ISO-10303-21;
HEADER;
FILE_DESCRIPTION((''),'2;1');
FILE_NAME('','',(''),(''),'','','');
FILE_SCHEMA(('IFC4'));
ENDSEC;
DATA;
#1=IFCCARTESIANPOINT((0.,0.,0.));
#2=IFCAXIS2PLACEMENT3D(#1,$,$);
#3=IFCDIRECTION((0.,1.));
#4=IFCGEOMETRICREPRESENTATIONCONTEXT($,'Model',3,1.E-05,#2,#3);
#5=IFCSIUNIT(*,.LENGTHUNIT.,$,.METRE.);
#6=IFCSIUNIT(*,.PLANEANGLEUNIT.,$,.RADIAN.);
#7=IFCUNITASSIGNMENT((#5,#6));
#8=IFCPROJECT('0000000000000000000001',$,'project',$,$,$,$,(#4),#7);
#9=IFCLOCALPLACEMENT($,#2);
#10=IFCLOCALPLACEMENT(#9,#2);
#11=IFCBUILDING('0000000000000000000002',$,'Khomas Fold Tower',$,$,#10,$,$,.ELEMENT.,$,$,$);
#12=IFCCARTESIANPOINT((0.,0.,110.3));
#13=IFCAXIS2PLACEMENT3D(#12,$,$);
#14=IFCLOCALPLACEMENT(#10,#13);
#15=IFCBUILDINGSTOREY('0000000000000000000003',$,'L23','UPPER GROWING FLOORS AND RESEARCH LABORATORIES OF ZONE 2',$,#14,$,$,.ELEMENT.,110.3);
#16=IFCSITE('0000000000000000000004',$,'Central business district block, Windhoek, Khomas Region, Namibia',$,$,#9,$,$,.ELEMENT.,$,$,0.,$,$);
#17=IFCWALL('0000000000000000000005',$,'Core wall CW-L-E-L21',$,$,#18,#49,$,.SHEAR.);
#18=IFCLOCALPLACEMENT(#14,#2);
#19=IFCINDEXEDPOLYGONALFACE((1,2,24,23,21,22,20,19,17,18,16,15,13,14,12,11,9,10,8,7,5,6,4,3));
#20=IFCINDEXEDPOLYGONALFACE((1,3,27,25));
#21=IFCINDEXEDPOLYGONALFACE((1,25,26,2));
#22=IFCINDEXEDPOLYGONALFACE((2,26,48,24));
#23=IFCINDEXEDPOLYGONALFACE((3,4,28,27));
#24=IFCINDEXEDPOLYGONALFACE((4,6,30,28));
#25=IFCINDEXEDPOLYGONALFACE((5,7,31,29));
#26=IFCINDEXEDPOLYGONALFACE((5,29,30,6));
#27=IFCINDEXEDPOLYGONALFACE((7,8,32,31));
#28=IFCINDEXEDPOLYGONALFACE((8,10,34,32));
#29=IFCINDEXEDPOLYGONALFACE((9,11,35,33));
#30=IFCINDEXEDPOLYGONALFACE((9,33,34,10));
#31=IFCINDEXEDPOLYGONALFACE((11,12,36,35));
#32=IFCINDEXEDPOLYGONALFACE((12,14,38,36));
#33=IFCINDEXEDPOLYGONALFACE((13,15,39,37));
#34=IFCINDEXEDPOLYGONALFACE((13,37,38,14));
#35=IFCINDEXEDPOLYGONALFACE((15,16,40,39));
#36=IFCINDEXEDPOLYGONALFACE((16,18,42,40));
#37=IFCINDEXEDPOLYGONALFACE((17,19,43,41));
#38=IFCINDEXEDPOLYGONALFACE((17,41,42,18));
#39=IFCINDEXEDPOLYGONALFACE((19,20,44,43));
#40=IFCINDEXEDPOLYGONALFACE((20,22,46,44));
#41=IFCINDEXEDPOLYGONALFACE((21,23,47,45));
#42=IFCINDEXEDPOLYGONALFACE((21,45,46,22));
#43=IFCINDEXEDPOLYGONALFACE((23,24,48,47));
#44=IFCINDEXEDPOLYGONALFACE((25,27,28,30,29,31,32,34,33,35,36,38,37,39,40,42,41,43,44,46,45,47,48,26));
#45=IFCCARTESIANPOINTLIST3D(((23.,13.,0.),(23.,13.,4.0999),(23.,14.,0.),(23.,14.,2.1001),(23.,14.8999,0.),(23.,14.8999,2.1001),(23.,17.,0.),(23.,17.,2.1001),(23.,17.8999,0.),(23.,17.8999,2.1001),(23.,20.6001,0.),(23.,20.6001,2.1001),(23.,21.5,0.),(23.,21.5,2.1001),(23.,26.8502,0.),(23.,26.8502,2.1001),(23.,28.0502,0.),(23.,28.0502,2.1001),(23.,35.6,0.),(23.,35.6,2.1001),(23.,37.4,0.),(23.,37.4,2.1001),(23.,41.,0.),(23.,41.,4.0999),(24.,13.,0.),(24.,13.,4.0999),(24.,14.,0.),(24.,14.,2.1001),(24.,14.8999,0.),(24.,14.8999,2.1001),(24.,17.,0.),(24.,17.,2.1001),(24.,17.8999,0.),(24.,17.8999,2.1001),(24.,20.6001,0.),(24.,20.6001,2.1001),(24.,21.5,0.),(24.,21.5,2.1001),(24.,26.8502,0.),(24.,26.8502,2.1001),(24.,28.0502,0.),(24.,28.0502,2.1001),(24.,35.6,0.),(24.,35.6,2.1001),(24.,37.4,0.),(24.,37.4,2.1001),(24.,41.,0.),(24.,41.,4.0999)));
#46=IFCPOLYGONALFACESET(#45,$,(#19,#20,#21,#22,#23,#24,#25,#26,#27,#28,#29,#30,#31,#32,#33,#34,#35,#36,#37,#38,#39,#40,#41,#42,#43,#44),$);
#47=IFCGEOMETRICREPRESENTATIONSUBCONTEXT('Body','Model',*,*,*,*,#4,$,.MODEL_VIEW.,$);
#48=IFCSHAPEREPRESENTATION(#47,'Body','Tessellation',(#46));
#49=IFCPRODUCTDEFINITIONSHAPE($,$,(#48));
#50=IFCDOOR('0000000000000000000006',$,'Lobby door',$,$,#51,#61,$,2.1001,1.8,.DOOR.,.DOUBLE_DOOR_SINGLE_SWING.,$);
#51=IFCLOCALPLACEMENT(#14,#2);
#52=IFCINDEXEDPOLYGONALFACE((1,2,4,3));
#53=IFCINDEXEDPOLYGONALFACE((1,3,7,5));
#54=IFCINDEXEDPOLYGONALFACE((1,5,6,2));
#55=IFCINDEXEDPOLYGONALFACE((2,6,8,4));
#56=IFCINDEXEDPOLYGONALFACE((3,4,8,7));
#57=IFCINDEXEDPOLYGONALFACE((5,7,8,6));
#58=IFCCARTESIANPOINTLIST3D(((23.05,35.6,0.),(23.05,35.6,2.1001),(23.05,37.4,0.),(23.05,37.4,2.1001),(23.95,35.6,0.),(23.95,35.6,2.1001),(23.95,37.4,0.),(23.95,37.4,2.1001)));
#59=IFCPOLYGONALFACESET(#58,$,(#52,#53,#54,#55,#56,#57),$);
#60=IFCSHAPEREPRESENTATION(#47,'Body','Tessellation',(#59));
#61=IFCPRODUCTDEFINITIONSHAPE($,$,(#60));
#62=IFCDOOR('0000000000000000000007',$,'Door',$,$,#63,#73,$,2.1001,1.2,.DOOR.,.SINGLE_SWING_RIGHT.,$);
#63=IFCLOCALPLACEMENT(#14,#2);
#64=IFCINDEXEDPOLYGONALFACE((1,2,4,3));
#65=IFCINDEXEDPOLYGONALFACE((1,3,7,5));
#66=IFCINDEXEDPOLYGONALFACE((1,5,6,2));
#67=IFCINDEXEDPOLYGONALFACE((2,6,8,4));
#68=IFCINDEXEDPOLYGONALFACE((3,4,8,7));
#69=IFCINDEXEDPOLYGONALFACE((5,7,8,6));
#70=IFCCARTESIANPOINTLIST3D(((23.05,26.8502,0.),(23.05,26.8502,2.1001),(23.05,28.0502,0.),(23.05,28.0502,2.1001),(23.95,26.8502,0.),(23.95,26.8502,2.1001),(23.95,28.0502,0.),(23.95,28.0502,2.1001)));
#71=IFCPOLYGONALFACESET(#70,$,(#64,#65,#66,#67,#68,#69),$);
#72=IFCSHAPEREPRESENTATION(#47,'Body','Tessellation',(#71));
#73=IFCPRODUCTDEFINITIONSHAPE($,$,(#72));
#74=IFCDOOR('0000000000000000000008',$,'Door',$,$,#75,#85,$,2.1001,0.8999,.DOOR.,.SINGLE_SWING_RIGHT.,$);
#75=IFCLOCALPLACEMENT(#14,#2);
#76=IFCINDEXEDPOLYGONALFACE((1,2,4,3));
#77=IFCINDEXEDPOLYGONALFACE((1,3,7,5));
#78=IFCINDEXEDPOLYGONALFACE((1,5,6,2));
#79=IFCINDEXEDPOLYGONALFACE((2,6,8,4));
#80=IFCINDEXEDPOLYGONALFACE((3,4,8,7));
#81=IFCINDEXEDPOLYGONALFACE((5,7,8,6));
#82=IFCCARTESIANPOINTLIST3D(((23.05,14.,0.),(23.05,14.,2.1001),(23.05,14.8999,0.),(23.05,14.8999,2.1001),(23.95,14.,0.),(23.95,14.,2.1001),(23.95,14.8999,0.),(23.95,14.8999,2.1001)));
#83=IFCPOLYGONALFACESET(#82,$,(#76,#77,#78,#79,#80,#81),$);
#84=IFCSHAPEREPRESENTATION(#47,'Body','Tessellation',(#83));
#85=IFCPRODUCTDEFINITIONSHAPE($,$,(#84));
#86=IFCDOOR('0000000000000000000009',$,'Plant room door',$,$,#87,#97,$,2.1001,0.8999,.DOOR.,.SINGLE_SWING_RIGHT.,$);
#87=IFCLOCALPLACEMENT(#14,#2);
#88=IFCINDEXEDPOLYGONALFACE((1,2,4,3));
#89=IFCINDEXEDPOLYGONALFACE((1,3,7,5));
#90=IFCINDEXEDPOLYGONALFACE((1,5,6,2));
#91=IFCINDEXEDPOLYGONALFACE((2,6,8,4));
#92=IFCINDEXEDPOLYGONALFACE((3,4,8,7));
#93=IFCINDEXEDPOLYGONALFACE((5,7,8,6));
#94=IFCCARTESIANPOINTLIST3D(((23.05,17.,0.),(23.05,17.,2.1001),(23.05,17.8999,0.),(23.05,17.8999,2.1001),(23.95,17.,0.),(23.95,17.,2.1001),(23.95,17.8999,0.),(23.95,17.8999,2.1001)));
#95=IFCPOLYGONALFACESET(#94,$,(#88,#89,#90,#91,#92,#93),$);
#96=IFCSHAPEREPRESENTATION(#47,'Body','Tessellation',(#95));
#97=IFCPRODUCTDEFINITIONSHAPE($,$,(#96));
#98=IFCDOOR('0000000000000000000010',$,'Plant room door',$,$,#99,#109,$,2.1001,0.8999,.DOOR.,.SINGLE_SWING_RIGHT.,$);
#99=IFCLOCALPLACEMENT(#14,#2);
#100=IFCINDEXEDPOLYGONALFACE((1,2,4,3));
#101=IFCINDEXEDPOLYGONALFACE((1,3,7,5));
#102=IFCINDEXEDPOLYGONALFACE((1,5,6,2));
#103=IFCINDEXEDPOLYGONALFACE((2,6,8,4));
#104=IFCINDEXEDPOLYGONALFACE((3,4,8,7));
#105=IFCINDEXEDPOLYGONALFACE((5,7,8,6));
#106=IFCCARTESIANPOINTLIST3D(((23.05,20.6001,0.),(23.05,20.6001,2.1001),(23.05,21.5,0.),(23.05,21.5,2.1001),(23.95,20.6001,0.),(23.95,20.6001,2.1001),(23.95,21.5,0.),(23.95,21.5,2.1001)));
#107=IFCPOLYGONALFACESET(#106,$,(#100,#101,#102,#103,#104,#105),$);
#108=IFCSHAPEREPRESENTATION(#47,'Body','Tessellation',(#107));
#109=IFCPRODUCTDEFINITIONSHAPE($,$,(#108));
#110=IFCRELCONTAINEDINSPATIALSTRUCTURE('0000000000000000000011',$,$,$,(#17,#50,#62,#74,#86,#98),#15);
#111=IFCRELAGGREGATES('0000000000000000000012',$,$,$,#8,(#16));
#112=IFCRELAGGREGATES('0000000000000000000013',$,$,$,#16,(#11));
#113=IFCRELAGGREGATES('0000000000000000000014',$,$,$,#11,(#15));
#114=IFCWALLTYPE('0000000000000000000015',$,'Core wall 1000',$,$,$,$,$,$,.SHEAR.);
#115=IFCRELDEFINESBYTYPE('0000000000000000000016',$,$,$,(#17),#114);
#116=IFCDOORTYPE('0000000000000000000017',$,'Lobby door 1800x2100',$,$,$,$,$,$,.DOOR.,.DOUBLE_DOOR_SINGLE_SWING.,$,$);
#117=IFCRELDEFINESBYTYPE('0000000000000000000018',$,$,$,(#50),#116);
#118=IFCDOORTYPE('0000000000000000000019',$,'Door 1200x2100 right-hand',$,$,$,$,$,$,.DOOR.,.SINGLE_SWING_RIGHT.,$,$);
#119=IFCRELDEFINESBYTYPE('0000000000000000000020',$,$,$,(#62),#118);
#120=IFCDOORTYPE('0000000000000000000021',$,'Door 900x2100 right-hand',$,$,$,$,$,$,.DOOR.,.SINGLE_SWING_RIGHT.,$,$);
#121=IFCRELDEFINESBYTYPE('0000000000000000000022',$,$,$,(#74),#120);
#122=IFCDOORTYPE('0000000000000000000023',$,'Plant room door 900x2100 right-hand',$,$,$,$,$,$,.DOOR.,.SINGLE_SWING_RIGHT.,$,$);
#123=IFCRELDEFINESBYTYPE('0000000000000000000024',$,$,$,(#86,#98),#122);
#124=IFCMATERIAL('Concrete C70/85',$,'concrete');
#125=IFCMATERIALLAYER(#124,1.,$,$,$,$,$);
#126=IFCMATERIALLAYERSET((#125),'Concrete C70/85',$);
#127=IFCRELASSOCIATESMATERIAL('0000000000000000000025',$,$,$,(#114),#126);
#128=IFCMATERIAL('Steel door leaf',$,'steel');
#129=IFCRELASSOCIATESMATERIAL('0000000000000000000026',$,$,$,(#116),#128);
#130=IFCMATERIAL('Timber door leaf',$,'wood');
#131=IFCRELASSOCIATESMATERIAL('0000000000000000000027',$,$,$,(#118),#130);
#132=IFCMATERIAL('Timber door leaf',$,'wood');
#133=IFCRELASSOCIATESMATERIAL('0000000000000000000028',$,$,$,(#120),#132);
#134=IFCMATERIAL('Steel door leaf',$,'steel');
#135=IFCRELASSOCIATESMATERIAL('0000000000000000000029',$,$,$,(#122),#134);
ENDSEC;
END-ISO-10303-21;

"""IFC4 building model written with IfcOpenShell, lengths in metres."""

from ifc_helpers import new_model, si_unit, direction, frame, frame_2d, origin, place, context, subcontext, project, spatial, rectangle, extrude, source, transform, mapped, material, layer, layer_set, type_object, element, fill, save


model = new_model("IFC4")

# Units and contexts
model_context = context("Model", 3, precision=1e-05, world=origin(), true_north=direction((0.0, 1.0)))
body_context = subcontext(model_context, "Body", "Model", "MODEL_VIEW")
ifc_project = project(units=[si_unit("LENGTHUNIT", "METRE"), si_unit("PLANEANGLEUNIT", "RADIAN")], contexts=[model_context])

# Site, building, storey
site_placement = place(None, origin())
site = spatial("IfcSite", under=ifc_project, at=site_placement, Name="Central business district block, Windhoek, Khomas Region, Namibia", CompositionType="ELEMENT", RefElevation=0.0)
building_placement = place(site_placement, origin())
building = spatial("IfcBuilding", under=site, at=building_placement, Name="Khomas Fold Tower", CompositionType="ELEMENT")
storey_placement = place(building_placement, frame((0.0, 0.0, 110.3)))
storey = spatial("IfcBuildingStorey", under=building, at=storey_placement, Name="L23", Description="UPPER GROWING FLOORS AND RESEARCH LABORATORIES OF ZONE 2", CompositionType="ELEMENT", Elevation=110.3)

# Shared definitions
ifc_material_1 = material(Name="Concrete C70/85", Category="concrete")
ifc_layer_1 = layer(ifc_material_1, 1.0)
ifc_layer_set_1 = layer_set([ifc_layer_1], Name="Concrete C70/85")
wall_type_1 = type_object("IfcWallType", Name="Core wall 1000", PredefinedType="SHEAR", material=ifc_layer_set_1)

# Wall, openings, doors
shared_shape_1 = source(origin(), body_context, "Body", "SweptSolid", [
    extrude(rectangle(XDim=28.0, YDim=1.0, at=frame_2d((14.0, 0.0))), origin(), (0.0, 0.0, 1.0), 4.0999),
])
wall_1_placement = place(storey_placement, frame((23.5, 13.0, 0.0), z_axis=(0.0, 0.0, 1.0), x_axis=(0.0, 1.0, 0.0)))
wall_1 = element("IfcWall", 1, at=wall_1_placement, inside=storey, type_object=wall_type_1, Name="Core wall CW-L-E-L21", PredefinedType="SHEAR", context=body_context, shape_type="MappedRepresentation", body=[
    mapped(shared_shape_1, transform((0.0, 0.0, 0.0))),
])
shared_shape_2 = source(origin(), body_context, "Body", "SweptSolid", [
    extrude(rectangle(XDim=1.8, YDim=2.1001, at=frame_2d((0.8999, 1.05))), frame((0.0, 0.51, 0.0), z_axis=(0.0, -1.0, 0.0), x_axis=(1.0, 0.0, 0.0)), (0.0, 0.0, 1.0), 1.02),
])
opening_1_placement = place(wall_1_placement, frame((22.6001, 0.0, 0.0)))
opening_1 = element("IfcOpeningElement", 2, at=opening_1_placement, cuts=wall_1, PredefinedType="OPENING", context=body_context, shape_type="MappedRepresentation", body=[
    mapped(shared_shape_2, transform((0.0, 0.0, 0.0))),
])
shared_shape_3 = source(origin(), body_context, "Body", "SweptSolid", [
    extrude(rectangle(XDim=1.2, YDim=2.1001, at=frame_2d((0.6001, 1.05))), frame((0.0, 0.51, 0.0), z_axis=(0.0, -1.0, 0.0), x_axis=(1.0, 0.0, 0.0)), (0.0, 0.0, 1.0), 1.02),
])
opening_2_placement = place(wall_1_placement, frame((13.8501, 0.0, 0.0)))
opening_2 = element("IfcOpeningElement", 3, at=opening_2_placement, cuts=wall_1, PredefinedType="OPENING", context=body_context, shape_type="MappedRepresentation", body=[
    mapped(shared_shape_3, transform((0.0, 0.0, 0.0))),
])
shared_shape_4 = source(origin(), body_context, "Body", "SweptSolid", [
    extrude(rectangle(XDim=0.8999, YDim=2.1001, at=frame_2d((0.45, 1.05))), frame((0.0, 0.51, 0.0), z_axis=(0.0, -1.0, 0.0), x_axis=(1.0, 0.0, 0.0)), (0.0, 0.0, 1.0), 1.02),
])
opening_3_placement = place(wall_1_placement, frame((1.0, 0.0, 0.0)))
opening_3 = element("IfcOpeningElement", 4, at=opening_3_placement, cuts=wall_1, PredefinedType="OPENING", context=body_context, shape_type="MappedRepresentation", body=[
    mapped(shared_shape_4, transform((0.0, 0.0, 0.0))),
])
opening_4_placement = place(wall_1_placement, frame((4.0, 0.0, 0.0)))
opening_4 = element("IfcOpeningElement", 5, at=opening_4_placement, cuts=wall_1, PredefinedType="OPENING", context=body_context, shape_type="MappedRepresentation", body=[
    mapped(shared_shape_4, transform((0.0, 0.0, 0.0))),
])
opening_5_placement = place(wall_1_placement, frame((7.6001, 0.0, 0.0)))
opening_5 = element("IfcOpeningElement", 6, at=opening_5_placement, cuts=wall_1, PredefinedType="OPENING", context=body_context, shape_type="MappedRepresentation", body=[
    mapped(shared_shape_4, transform((0.0, 0.0, 0.0))),
])
ifc_material_2 = material(Name="Steel door leaf", Category="steel")
door_type_1 = type_object("IfcDoorType", Name="Lobby door 1800x2100", OperationType="DOUBLE_DOOR_SINGLE_SWING", PredefinedType="DOOR", material=ifc_material_2)
shared_shape_5 = source(origin(), body_context, "Body", "SweptSolid", [
    extrude(rectangle(XDim=1.8, YDim=2.1001, at=frame_2d((0.8999, 1.05))), frame((0.0, 0.45, 0.0), z_axis=(0.0, -1.0, 0.0), x_axis=(1.0, 0.0, 0.0)), (0.0, 0.0, 1.0), 0.8999),
])
door_1_placement = place(opening_1_placement, origin())
door_1 = element("IfcDoor", 7, at=door_1_placement, inside=storey, type_object=door_type_1, Name="Lobby door", OperationType="DOUBLE_DOOR_SINGLE_SWING", OverallHeight=2.1001, OverallWidth=1.8, PredefinedType="DOOR", context=body_context, shape_type="MappedRepresentation", body=[
    mapped(shared_shape_5, transform((0.0, 0.0, 0.0))),
])
fill(opening_1, door_1)
ifc_material_3 = material(Name="Timber door leaf", Category="wood")
door_type_2 = type_object("IfcDoorType", Name="Door 1200x2100 right-hand", OperationType="SINGLE_SWING_RIGHT", PredefinedType="DOOR", material=ifc_material_3)
shared_shape_6 = source(origin(), body_context, "Body", "SweptSolid", [
    extrude(rectangle(XDim=1.2, YDim=2.1001, at=frame_2d((0.6001, 1.05))), frame((0.0, 0.45, 0.0), z_axis=(0.0, -1.0, 0.0), x_axis=(1.0, 0.0, 0.0)), (0.0, 0.0, 1.0), 0.8999),
])
door_2_placement = place(opening_2_placement, origin())
door_2 = element("IfcDoor", 8, at=door_2_placement, inside=storey, type_object=door_type_2, Name="Door", OperationType="SINGLE_SWING_RIGHT", OverallHeight=2.1001, OverallWidth=1.2, PredefinedType="DOOR", context=body_context, shape_type="MappedRepresentation", body=[
    mapped(shared_shape_6, transform((0.0, 0.0, 0.0))),
])
fill(opening_2, door_2)
ifc_material_4 = material(Name="Timber door leaf", Category="wood")
door_type_3 = type_object("IfcDoorType", Name="Door 900x2100 right-hand", OperationType="SINGLE_SWING_RIGHT", PredefinedType="DOOR", material=ifc_material_4)
shared_shape_7 = source(origin(), body_context, "Body", "SweptSolid", [
    extrude(rectangle(XDim=0.8999, YDim=2.1001, at=frame_2d((0.45, 1.05))), frame((0.0, 0.45, 0.0), z_axis=(0.0, -1.0, 0.0), x_axis=(1.0, 0.0, 0.0)), (0.0, 0.0, 1.0), 0.8999),
])
door_3_placement = place(opening_3_placement, origin())
door_3 = element("IfcDoor", 9, at=door_3_placement, inside=storey, type_object=door_type_3, Name="Door", OperationType="SINGLE_SWING_RIGHT", OverallHeight=2.1001, OverallWidth=0.8999, PredefinedType="DOOR", context=body_context, shape_type="MappedRepresentation", body=[
    mapped(shared_shape_7, transform((0.0, 0.0, 0.0))),
])
fill(opening_3, door_3)
ifc_material_5 = material(Name="Steel door leaf", Category="steel")
door_type_4 = type_object("IfcDoorType", Name="Plant room door 900x2100 right-hand", OperationType="SINGLE_SWING_RIGHT", PredefinedType="DOOR", material=ifc_material_5)
door_4_placement = place(opening_4_placement, origin())
door_4 = element("IfcDoor", 10, at=door_4_placement, inside=storey, type_object=door_type_4, Name="Plant room door", OperationType="SINGLE_SWING_RIGHT", OverallHeight=2.1001, OverallWidth=0.8999, PredefinedType="DOOR", context=body_context, shape_type="MappedRepresentation", body=[
    mapped(shared_shape_7, transform((0.0, 0.0, 0.0))),
])
fill(opening_4, door_4)
door_5_placement = place(opening_5_placement, origin())
door_5 = element("IfcDoor", 11, at=door_5_placement, inside=storey, type_object=door_type_4, Name="Plant room door", OperationType="SINGLE_SWING_RIGHT", OverallHeight=2.1001, OverallWidth=0.8999, PredefinedType="DOOR", context=body_context, shape_type="MappedRepresentation", body=[
    mapped(shared_shape_7, transform((0.0, 0.0, 0.0))),
])
fill(opening_5, door_5)

save(model, "model.ifc")
